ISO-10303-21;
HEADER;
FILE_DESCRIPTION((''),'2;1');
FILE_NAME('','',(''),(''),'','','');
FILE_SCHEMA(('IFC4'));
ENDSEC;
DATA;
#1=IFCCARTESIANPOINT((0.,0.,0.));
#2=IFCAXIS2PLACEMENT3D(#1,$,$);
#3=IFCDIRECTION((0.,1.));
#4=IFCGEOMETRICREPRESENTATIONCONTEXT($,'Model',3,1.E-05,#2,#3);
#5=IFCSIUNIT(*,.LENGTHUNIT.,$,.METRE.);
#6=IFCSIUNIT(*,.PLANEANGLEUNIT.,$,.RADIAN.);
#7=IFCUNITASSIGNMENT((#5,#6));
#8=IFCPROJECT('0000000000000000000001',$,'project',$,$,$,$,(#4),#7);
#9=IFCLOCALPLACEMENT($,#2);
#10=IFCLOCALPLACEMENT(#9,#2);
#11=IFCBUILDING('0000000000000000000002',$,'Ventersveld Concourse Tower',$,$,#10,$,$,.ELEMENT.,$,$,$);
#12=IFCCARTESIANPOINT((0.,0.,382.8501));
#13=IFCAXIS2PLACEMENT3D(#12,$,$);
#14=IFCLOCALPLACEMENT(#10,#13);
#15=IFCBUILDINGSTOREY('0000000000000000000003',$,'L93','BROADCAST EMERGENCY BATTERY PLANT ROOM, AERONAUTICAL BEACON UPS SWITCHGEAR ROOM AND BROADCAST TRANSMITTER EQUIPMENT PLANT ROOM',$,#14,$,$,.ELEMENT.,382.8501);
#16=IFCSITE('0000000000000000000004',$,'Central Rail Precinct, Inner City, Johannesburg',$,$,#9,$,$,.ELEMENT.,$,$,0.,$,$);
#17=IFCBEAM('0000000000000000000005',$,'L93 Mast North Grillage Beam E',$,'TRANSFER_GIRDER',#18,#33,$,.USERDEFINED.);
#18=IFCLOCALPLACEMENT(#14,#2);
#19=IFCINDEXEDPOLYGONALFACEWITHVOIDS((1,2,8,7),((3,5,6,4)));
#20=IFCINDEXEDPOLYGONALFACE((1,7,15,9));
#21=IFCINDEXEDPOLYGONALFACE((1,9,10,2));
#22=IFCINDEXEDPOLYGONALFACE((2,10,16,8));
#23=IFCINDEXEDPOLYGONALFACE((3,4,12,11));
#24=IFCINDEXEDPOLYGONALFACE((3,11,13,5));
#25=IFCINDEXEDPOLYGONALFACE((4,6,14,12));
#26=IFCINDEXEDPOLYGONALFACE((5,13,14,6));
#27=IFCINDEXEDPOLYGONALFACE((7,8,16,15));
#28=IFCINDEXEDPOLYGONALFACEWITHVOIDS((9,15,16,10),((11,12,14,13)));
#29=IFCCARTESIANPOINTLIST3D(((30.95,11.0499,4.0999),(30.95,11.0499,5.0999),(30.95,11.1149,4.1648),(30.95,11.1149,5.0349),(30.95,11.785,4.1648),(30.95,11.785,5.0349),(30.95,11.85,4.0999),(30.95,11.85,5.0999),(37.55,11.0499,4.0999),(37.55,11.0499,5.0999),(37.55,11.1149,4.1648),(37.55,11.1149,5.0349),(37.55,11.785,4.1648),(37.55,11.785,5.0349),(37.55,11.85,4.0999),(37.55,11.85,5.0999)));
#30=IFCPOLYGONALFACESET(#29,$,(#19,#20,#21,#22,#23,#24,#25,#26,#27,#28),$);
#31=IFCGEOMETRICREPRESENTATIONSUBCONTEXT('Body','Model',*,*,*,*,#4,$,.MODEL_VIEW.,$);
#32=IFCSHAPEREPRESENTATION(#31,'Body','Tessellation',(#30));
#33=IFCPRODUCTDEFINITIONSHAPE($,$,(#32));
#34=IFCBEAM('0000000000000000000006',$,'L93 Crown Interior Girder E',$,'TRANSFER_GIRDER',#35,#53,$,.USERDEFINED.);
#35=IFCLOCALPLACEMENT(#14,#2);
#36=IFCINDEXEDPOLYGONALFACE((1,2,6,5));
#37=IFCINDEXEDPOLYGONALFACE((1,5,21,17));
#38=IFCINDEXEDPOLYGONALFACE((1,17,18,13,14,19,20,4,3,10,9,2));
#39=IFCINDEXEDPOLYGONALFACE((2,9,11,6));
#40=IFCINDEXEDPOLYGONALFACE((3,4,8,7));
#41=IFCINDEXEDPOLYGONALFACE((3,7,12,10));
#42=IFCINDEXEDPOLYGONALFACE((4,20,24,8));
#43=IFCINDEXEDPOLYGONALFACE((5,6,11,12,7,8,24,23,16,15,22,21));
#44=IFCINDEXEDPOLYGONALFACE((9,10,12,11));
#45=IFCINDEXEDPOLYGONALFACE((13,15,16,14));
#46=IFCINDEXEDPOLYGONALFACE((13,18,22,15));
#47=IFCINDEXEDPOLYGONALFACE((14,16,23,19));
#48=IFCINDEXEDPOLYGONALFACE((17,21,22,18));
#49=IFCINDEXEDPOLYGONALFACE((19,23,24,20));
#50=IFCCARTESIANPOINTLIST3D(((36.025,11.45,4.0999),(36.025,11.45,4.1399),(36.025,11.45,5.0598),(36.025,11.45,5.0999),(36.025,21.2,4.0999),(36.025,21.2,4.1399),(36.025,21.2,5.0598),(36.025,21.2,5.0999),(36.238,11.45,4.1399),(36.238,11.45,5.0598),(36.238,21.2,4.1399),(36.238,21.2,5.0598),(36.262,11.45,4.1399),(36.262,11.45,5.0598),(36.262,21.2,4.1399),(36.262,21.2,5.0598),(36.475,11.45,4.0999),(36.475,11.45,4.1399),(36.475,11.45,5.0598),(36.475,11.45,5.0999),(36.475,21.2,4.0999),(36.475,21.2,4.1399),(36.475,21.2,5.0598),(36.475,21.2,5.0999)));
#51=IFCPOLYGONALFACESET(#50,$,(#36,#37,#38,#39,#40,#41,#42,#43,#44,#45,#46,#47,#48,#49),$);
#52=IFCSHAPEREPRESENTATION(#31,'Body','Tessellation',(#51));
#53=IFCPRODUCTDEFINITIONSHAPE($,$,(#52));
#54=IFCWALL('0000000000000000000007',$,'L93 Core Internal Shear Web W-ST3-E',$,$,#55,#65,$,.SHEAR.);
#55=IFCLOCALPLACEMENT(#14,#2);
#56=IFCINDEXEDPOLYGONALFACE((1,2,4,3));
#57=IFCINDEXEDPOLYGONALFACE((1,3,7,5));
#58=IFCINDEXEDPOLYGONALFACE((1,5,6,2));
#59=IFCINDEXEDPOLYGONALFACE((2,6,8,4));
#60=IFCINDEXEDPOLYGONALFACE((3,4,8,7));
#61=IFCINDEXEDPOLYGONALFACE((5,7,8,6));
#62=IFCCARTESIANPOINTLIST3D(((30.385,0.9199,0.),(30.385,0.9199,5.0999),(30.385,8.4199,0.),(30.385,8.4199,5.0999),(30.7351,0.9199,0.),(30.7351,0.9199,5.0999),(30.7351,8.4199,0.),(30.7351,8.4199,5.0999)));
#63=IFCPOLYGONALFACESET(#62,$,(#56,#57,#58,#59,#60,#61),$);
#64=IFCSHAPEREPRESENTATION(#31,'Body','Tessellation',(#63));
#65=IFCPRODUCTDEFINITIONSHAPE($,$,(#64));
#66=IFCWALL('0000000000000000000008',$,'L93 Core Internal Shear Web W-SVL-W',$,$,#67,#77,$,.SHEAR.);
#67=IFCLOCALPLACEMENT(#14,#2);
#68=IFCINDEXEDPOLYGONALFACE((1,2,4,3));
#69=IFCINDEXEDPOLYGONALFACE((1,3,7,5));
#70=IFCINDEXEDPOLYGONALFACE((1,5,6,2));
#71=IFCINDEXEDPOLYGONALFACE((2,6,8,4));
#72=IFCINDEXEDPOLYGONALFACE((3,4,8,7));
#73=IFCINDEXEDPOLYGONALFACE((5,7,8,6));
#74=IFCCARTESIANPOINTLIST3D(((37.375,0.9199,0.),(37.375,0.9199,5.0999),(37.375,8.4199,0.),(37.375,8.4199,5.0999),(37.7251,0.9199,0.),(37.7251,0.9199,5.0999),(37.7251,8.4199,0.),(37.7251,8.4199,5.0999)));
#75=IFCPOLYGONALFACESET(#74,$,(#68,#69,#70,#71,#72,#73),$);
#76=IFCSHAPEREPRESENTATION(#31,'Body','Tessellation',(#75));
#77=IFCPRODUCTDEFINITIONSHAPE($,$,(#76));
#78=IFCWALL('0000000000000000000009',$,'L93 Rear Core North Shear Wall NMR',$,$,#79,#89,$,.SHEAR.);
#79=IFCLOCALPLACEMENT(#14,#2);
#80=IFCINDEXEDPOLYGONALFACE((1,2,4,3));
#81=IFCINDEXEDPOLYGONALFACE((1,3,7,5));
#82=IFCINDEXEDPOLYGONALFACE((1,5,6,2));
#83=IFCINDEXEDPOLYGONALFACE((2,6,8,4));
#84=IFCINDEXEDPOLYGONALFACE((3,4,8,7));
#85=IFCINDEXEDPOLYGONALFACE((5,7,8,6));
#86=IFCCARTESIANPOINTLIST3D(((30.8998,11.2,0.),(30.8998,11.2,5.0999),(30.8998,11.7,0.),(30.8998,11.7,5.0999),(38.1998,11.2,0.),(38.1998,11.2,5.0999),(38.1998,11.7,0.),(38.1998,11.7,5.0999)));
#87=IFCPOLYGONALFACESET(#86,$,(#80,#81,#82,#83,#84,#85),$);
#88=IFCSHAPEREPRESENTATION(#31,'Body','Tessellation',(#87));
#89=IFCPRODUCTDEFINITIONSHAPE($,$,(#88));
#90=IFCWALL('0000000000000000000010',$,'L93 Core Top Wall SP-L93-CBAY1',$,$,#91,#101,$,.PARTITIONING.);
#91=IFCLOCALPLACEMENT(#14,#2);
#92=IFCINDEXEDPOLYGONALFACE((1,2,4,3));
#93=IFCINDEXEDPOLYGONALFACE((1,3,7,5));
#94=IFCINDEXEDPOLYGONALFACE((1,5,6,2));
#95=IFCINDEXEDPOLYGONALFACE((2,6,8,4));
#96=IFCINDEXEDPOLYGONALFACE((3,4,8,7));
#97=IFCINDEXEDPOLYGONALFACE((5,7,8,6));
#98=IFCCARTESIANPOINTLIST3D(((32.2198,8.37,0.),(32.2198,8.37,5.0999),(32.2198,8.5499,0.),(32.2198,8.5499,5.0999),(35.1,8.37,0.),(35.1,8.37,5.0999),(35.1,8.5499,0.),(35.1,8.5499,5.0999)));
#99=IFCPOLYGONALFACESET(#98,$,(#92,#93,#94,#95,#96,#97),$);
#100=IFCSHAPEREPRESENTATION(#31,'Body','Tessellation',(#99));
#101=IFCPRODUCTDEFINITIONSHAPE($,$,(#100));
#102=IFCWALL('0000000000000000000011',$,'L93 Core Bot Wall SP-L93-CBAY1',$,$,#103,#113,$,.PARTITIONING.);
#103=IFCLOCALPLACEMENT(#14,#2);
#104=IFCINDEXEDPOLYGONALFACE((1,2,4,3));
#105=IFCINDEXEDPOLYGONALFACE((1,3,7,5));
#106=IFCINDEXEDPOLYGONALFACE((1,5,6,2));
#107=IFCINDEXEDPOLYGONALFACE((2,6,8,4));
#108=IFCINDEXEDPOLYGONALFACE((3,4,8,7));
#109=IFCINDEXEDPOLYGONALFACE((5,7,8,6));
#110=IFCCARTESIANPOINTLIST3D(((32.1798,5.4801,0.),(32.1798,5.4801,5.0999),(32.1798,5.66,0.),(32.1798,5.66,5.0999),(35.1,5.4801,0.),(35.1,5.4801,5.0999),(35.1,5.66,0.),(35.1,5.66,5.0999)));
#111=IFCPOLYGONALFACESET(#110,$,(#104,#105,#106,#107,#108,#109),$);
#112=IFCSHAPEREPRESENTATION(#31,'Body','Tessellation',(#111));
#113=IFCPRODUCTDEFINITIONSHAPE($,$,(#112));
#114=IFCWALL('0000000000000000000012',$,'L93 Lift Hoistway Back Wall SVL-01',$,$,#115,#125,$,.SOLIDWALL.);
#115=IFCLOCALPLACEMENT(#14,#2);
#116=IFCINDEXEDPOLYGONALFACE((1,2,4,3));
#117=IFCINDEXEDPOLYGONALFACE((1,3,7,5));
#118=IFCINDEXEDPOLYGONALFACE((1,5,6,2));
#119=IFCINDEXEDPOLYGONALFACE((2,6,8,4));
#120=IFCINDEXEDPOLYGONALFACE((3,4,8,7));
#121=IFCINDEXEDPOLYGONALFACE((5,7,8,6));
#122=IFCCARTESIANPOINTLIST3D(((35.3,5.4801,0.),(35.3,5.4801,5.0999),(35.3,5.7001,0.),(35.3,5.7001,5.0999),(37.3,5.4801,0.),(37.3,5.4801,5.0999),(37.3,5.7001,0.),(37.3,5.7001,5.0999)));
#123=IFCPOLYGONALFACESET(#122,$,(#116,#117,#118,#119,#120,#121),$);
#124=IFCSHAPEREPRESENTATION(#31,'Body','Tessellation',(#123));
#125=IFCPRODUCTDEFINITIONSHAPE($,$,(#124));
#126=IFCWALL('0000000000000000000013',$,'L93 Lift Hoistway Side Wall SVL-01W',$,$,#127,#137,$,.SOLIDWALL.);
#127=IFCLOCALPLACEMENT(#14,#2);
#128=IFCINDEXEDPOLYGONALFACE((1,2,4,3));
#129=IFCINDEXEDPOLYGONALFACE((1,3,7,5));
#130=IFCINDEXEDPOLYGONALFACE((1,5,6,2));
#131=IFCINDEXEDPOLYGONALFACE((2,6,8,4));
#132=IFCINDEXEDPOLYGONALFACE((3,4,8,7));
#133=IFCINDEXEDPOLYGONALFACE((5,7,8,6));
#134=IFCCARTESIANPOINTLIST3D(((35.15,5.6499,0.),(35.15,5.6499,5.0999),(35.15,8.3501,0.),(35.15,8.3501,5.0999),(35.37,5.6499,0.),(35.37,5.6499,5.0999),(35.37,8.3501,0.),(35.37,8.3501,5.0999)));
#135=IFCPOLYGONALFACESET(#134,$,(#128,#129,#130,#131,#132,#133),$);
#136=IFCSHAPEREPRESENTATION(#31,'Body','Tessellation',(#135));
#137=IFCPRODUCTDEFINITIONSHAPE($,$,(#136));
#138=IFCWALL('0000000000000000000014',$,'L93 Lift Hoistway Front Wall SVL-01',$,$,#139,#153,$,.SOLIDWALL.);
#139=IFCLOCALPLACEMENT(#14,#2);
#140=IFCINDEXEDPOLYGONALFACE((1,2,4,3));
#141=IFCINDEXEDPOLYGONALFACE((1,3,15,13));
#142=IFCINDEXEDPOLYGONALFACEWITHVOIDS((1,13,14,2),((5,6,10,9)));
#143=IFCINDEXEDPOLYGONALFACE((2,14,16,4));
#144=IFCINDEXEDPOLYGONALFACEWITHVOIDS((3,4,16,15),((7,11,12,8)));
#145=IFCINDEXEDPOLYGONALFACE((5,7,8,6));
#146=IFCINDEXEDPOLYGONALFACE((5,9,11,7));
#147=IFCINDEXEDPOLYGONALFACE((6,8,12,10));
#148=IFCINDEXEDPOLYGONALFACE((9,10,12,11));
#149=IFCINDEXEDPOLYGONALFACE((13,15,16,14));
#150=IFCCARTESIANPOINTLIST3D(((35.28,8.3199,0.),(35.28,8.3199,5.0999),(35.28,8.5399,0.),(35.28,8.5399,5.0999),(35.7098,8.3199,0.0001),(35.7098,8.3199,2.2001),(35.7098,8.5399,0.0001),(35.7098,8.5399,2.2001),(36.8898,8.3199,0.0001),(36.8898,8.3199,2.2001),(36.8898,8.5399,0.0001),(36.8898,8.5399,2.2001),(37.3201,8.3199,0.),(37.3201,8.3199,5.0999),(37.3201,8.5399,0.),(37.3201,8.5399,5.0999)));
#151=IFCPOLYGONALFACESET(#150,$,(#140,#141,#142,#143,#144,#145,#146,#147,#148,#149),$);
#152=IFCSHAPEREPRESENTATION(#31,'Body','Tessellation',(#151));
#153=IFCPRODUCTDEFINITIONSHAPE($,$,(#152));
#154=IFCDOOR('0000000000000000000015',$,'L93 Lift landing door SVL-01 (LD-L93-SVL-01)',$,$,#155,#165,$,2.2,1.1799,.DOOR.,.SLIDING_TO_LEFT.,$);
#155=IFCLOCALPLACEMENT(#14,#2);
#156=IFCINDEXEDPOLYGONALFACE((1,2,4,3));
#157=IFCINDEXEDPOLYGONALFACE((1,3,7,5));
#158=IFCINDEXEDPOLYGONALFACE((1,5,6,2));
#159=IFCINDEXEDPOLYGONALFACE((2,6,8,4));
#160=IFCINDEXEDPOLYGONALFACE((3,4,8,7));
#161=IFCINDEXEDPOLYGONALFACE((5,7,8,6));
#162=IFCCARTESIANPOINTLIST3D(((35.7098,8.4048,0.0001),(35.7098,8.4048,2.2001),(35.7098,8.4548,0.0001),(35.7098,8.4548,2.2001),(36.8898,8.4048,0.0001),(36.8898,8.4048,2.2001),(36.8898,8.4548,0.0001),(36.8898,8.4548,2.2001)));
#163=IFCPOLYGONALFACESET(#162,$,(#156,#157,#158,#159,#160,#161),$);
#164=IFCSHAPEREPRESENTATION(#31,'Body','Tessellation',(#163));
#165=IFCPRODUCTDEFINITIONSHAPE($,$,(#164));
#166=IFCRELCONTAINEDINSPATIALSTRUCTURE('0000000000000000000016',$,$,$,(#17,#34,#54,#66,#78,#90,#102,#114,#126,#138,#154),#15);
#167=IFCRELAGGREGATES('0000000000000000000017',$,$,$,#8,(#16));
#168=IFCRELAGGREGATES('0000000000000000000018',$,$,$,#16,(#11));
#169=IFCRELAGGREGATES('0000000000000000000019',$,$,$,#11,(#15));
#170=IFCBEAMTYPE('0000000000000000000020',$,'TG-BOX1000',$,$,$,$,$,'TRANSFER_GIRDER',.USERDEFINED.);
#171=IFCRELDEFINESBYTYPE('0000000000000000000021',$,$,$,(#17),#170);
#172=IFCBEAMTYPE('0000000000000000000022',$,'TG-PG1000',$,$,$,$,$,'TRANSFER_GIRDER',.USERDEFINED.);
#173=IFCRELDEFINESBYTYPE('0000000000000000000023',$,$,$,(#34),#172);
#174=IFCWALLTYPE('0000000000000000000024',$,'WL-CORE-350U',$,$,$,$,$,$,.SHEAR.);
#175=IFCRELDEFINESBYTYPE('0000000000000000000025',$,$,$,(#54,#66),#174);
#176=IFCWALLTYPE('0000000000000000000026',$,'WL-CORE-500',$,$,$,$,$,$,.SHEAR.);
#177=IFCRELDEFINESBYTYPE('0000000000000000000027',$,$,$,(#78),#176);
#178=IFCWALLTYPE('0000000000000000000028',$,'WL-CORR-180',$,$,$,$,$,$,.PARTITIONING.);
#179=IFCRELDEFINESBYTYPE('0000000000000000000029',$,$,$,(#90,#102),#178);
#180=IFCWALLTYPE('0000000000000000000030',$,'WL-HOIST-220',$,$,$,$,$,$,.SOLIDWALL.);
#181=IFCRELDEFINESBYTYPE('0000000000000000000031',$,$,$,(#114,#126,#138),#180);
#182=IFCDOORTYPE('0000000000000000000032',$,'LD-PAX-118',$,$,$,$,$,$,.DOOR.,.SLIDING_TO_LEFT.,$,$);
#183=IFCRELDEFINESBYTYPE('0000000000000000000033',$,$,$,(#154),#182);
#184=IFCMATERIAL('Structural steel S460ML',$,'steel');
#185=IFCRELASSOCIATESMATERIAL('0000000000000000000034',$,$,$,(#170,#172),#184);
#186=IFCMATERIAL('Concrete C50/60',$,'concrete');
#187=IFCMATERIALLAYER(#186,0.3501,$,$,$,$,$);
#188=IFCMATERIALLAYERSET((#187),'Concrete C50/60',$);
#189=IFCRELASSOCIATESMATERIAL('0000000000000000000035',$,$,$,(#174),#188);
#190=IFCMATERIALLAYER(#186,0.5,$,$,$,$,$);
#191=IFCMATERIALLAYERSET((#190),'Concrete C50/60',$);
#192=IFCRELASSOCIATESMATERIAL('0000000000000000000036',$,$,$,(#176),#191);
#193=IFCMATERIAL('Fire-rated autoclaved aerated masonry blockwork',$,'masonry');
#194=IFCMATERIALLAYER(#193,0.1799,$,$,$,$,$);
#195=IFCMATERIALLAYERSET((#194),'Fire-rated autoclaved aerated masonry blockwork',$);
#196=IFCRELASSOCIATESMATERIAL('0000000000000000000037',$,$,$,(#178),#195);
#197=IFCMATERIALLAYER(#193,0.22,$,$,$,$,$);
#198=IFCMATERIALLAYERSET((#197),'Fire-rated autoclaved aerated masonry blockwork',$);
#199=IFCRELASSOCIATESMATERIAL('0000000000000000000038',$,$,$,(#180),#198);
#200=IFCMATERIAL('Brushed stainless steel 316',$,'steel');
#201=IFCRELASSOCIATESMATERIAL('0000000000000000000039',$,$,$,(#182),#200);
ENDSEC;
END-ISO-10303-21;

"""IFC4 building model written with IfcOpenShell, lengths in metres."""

from ifc_helpers import new_model, si_unit, direction, frame, frame_2d, origin, origin_2d, place, context, subcontext, project, spatial, rectangle, hollow_rectangle, i_section, extrude, material, layer, layer_set, material_profile, profile_set, type_object, element, fill, save


model = new_model("IFC4")

# Units and contexts
model_context = context("Model", 3, precision=1e-05, world=origin(), true_north=direction((0.0, 1.0)))
body_context = subcontext(model_context, "Body", "Model", "MODEL_VIEW")
ifc_project = project(units=[si_unit("LENGTHUNIT", "METRE"), si_unit("PLANEANGLEUNIT", "RADIAN")], contexts=[model_context])

# Site, building, storey
site_placement = place(None, origin())
site = spatial("IfcSite", under=ifc_project, at=site_placement, Name="Central Rail Precinct, Inner City, Johannesburg", CompositionType="ELEMENT", RefElevation=0.0)
building_placement = place(site_placement, origin())
building = spatial("IfcBuilding", under=site, at=building_placement, Name="Ventersveld Concourse Tower", CompositionType="ELEMENT")
storey_placement = place(building_placement, frame((0.0, 0.0, 382.8501)))
storey = spatial("IfcBuildingStorey", under=building, at=storey_placement, Name="L93", Description="BROADCAST EMERGENCY BATTERY PLANT ROOM, AERONAUTICAL BEACON UPS SWITCHGEAR ROOM AND BROADCAST TRANSMITTER EQUIPMENT PLANT ROOM", CompositionType="ELEMENT", Elevation=382.8501)

# Beams
ifc_material_1 = material(Name="Structural steel S460ML", Category="steel")
ifc_material_profile_1 = material_profile(ifc_material_1, hollow_rectangle(XDim=0.8, YDim=1.0, WallThickness=0.0649, at=origin_2d()), Name="BOX 1000x800x65")
ifc_profile_set_1 = profile_set([ifc_material_profile_1], Name="Structural steel S460ML")
beam_type_1 = type_object("IfcBeamType", Name="TG-BOX1000", ElementType="TRANSFER_GIRDER", PredefinedType="USERDEFINED", material=ifc_profile_set_1)
beam_1_placement = place(storey_placement, frame((30.95, 11.45, 4.5999), z_axis=(1.0, 0.0, 0.0), x_axis=(0.0, 1.0, 0.0)))
element("IfcBeam", 1, at=beam_1_placement, inside=storey, type_object=beam_type_1, Name="L93 Mast North Grillage Beam E", ObjectType="TRANSFER_GIRDER", PredefinedType="USERDEFINED", context=body_context, shape_type="SweptSolid", body=[
    extrude(hollow_rectangle(XDim=0.8, YDim=1.0, WallThickness=0.0649, at=origin_2d()), origin(), (0.0, 0.0, 1.0), 6.6001),
])
ifc_material_profile_2 = material_profile(ifc_material_1, i_section(OverallWidth=0.45, OverallDepth=1.0, WebThickness=0.0239, FlangeThickness=0.04, at=origin_2d()), Name="PG 1000x450x40")
ifc_profile_set_2 = profile_set([ifc_material_profile_2], Name="Structural steel S460ML")
beam_type_2 = type_object("IfcBeamType", Name="TG-PG1000", ElementType="TRANSFER_GIRDER", PredefinedType="USERDEFINED", material=ifc_profile_set_2)
beam_2_placement = place(storey_placement, frame((36.25, 11.45, 4.5999), z_axis=(0.0, 1.0, 0.0), x_axis=(-1.0, 0.0, 0.0)))
element("IfcBeam", 2, at=beam_2_placement, inside=storey, type_object=beam_type_2, Name="L93 Crown Interior Girder E", ObjectType="TRANSFER_GIRDER", PredefinedType="USERDEFINED", context=body_context, shape_type="SweptSolid", body=[
    extrude(i_section(OverallWidth=0.45, OverallDepth=1.0, WebThickness=0.0239, FlangeThickness=0.04, at=origin_2d()), origin(), (0.0, 0.0, 1.0), 9.75),
])

# Walls
ifc_material_2 = material(Name="Concrete C50/60", Category="concrete")
ifc_layer_1 = layer(ifc_material_2, 0.3501)
ifc_layer_set_1 = layer_set([ifc_layer_1], Name="Concrete C50/60")
wall_type_1 = type_object("IfcWallType", Name="WL-CORE-350U", PredefinedType="SHEAR", material=ifc_layer_set_1)
for number, where, z_axis, x_axis, name in (
    (3, (30.5601, 0.9199, 0.0), (0.0, 0.0, 1.0), (0.0, 1.0, 0.0), "L93 Core Internal Shear Web W-ST3-E"),
    (4, (37.55, 0.9199, 0.0), (0.0, 0.0, 1.0), (0.0, 1.0, 0.0), "L93 Core Internal Shear Web W-SVL-W"),
):
    element("IfcWall", number, at=place(storey_placement, frame(where, z_axis=z_axis, x_axis=x_axis)), inside=storey, type_object=wall_type_1, Name=name, PredefinedType="SHEAR", context=body_context, shape_type="SweptSolid", body=[
        extrude(rectangle(XDim=7.5, YDim=0.3501, at=frame_2d((3.75, 0.0))), origin(), (0.0, 0.0, 1.0), 5.0999),
    ])
ifc_layer_2 = layer(ifc_material_2, 0.5)
ifc_layer_set_2 = layer_set([ifc_layer_2], Name="Concrete C50/60")
wall_type_2 = type_object("IfcWallType", Name="WL-CORE-500", PredefinedType="SHEAR", material=ifc_layer_set_2)
wall_1_placement = place(storey_placement, frame((30.8999, 11.45, 0.0), z_axis=(0.0, 0.0, 1.0), x_axis=(1.0, 0.0, 0.0)))
element("IfcWall", 5, at=wall_1_placement, inside=storey, type_object=wall_type_2, Name="L93 Rear Core North Shear Wall NMR", PredefinedType="SHEAR", context=body_context, shape_type="SweptSolid", body=[
    extrude(rectangle(XDim=7.3, YDim=0.5, at=frame_2d((3.6499, 0.0))), origin(), (0.0, 0.0, 1.0), 5.0999),
])

# Shared definitions
ifc_material_3 = material(Name="Fire-rated autoclaved aerated masonry blockwork", Category="masonry")
ifc_layer_3 = layer(ifc_material_3, 0.1799)
ifc_layer_set_3 = layer_set([ifc_layer_3], Name="Fire-rated autoclaved aerated masonry blockwork")
wall_type_3 = type_object("IfcWallType", Name="WL-CORR-180", PredefinedType="PARTITIONING", material=ifc_layer_set_3)

# Walls
wall_2_placement = place(storey_placement, frame((32.22, 8.46, 0.0), z_axis=(0.0, 0.0, 1.0), x_axis=(1.0, 0.0, 0.0)))
element("IfcWall", 6, at=wall_2_placement, inside=storey, type_object=wall_type_3, Name="L93 Core Top Wall SP-L93-CBAY1", PredefinedType="PARTITIONING", context=body_context, shape_type="SweptSolid", body=[
    extrude(rectangle(XDim=2.8801, YDim=0.1799, at=frame_2d((1.4399, 0.0))), origin(), (0.0, 0.0, 1.0), 5.0999),
])
wall_3_placement = place(storey_placement, frame((32.1799, 5.5701, 0.0), z_axis=(0.0, 0.0, 1.0), x_axis=(1.0, 0.0, 0.0)))
element("IfcWall", 7, at=wall_3_placement, inside=storey, type_object=wall_type_3, Name="L93 Core Bot Wall SP-L93-CBAY1", PredefinedType="PARTITIONING", context=body_context, shape_type="SweptSolid", body=[
    extrude(rectangle(XDim=2.9202, YDim=0.1799, at=frame_2d((1.46, 0.0))), origin(), (0.0, 0.0, 1.0), 5.0999),
])
ifc_layer_4 = layer(ifc_material_3, 0.22)
ifc_layer_set_4 = layer_set([ifc_layer_4], Name="Fire-rated autoclaved aerated masonry blockwork")
wall_type_4 = type_object("IfcWallType", Name="WL-HOIST-220", PredefinedType="SOLIDWALL", material=ifc_layer_set_4)
wall_4_placement = place(storey_placement, frame((35.3, 5.5901, 0.0), z_axis=(0.0, 0.0, 1.0), x_axis=(1.0, 0.0, 0.0)))
element("IfcWall", 8, at=wall_4_placement, inside=storey, type_object=wall_type_4, Name="L93 Lift Hoistway Back Wall SVL-01", PredefinedType="SOLIDWALL", context=body_context, shape_type="SweptSolid", body=[
    extrude(rectangle(XDim=2.0, YDim=0.22, at=frame_2d((1.0, 0.0))), origin(), (0.0, 0.0, 1.0), 5.0999),
])
wall_5_placement = place(storey_placement, frame((35.26, 5.6499, 0.0), z_axis=(0.0, 0.0, 1.0), x_axis=(0.0, 1.0, 0.0)))
element("IfcWall", 9, at=wall_5_placement, inside=storey, type_object=wall_type_4, Name="L93 Lift Hoistway Side Wall SVL-01W", PredefinedType="SOLIDWALL", context=body_context, shape_type="SweptSolid", body=[
    extrude(rectangle(XDim=2.7002, YDim=0.22, at=frame_2d((1.3501, 0.0))), origin(), (0.0, 0.0, 1.0), 5.0999),
])

# Wall, opening, door
wall_6_placement = place(storey_placement, frame((35.28, 8.4299, 0.0), z_axis=(0.0, 0.0, 1.0), x_axis=(1.0, 0.0, 0.0)))
wall_6 = element("IfcWall", 10, at=wall_6_placement, inside=storey, type_object=wall_type_4, Name="L93 Lift Hoistway Front Wall SVL-01", PredefinedType="SOLIDWALL", context=body_context, shape_type="SweptSolid", body=[
    extrude(rectangle(XDim=2.04, YDim=0.22, at=frame_2d((1.02, 0.0))), origin(), (0.0, 0.0, 1.0), 5.0999),
])
opening_1_placement = place(wall_6_placement, frame((0.4299, 0.0, 0.0)))
opening_1 = element("IfcOpeningElement", 11, at=opening_1_placement, cuts=wall_6, PredefinedType="OPENING", context=body_context, shape_type="SweptSolid", body=[
    extrude(rectangle(XDim=1.1799, YDim=2.2, at=frame_2d((0.5898, 1.1001))), frame((0.0, 0.1201, 0.0), z_axis=(0.0, -1.0, 0.0), x_axis=(1.0, 0.0, 0.0)), (0.0, 0.0, 1.0), 0.24),
])
ifc_material_4 = material(Name="Brushed stainless steel 316", Category="steel")
door_type_1 = type_object("IfcDoorType", Name="LD-PAX-118", OperationType="SLIDING_TO_LEFT", PredefinedType="DOOR", material=ifc_material_4)
door_1_placement = place(opening_1_placement, origin())
door_1 = element("IfcDoor", 12, at=door_1_placement, inside=storey, type_object=door_type_1, Name="L93 Lift landing door SVL-01 (LD-L93-SVL-01)", OperationType="SLIDING_TO_LEFT", OverallHeight=2.2, OverallWidth=1.1799, PredefinedType="DOOR", context=body_context, shape_type="SweptSolid", body=[
    extrude(rectangle(XDim=1.1799, YDim=2.2, at=frame_2d((0.5898, 1.1001))), frame((0.0, 0.0249, 0.0), z_axis=(0.0, -1.0, 0.0), x_axis=(1.0, 0.0, 0.0)), (0.0, 0.0, 1.0), 0.05),
])
fill(opening_1, door_1)

save(model, "model.ifc")
